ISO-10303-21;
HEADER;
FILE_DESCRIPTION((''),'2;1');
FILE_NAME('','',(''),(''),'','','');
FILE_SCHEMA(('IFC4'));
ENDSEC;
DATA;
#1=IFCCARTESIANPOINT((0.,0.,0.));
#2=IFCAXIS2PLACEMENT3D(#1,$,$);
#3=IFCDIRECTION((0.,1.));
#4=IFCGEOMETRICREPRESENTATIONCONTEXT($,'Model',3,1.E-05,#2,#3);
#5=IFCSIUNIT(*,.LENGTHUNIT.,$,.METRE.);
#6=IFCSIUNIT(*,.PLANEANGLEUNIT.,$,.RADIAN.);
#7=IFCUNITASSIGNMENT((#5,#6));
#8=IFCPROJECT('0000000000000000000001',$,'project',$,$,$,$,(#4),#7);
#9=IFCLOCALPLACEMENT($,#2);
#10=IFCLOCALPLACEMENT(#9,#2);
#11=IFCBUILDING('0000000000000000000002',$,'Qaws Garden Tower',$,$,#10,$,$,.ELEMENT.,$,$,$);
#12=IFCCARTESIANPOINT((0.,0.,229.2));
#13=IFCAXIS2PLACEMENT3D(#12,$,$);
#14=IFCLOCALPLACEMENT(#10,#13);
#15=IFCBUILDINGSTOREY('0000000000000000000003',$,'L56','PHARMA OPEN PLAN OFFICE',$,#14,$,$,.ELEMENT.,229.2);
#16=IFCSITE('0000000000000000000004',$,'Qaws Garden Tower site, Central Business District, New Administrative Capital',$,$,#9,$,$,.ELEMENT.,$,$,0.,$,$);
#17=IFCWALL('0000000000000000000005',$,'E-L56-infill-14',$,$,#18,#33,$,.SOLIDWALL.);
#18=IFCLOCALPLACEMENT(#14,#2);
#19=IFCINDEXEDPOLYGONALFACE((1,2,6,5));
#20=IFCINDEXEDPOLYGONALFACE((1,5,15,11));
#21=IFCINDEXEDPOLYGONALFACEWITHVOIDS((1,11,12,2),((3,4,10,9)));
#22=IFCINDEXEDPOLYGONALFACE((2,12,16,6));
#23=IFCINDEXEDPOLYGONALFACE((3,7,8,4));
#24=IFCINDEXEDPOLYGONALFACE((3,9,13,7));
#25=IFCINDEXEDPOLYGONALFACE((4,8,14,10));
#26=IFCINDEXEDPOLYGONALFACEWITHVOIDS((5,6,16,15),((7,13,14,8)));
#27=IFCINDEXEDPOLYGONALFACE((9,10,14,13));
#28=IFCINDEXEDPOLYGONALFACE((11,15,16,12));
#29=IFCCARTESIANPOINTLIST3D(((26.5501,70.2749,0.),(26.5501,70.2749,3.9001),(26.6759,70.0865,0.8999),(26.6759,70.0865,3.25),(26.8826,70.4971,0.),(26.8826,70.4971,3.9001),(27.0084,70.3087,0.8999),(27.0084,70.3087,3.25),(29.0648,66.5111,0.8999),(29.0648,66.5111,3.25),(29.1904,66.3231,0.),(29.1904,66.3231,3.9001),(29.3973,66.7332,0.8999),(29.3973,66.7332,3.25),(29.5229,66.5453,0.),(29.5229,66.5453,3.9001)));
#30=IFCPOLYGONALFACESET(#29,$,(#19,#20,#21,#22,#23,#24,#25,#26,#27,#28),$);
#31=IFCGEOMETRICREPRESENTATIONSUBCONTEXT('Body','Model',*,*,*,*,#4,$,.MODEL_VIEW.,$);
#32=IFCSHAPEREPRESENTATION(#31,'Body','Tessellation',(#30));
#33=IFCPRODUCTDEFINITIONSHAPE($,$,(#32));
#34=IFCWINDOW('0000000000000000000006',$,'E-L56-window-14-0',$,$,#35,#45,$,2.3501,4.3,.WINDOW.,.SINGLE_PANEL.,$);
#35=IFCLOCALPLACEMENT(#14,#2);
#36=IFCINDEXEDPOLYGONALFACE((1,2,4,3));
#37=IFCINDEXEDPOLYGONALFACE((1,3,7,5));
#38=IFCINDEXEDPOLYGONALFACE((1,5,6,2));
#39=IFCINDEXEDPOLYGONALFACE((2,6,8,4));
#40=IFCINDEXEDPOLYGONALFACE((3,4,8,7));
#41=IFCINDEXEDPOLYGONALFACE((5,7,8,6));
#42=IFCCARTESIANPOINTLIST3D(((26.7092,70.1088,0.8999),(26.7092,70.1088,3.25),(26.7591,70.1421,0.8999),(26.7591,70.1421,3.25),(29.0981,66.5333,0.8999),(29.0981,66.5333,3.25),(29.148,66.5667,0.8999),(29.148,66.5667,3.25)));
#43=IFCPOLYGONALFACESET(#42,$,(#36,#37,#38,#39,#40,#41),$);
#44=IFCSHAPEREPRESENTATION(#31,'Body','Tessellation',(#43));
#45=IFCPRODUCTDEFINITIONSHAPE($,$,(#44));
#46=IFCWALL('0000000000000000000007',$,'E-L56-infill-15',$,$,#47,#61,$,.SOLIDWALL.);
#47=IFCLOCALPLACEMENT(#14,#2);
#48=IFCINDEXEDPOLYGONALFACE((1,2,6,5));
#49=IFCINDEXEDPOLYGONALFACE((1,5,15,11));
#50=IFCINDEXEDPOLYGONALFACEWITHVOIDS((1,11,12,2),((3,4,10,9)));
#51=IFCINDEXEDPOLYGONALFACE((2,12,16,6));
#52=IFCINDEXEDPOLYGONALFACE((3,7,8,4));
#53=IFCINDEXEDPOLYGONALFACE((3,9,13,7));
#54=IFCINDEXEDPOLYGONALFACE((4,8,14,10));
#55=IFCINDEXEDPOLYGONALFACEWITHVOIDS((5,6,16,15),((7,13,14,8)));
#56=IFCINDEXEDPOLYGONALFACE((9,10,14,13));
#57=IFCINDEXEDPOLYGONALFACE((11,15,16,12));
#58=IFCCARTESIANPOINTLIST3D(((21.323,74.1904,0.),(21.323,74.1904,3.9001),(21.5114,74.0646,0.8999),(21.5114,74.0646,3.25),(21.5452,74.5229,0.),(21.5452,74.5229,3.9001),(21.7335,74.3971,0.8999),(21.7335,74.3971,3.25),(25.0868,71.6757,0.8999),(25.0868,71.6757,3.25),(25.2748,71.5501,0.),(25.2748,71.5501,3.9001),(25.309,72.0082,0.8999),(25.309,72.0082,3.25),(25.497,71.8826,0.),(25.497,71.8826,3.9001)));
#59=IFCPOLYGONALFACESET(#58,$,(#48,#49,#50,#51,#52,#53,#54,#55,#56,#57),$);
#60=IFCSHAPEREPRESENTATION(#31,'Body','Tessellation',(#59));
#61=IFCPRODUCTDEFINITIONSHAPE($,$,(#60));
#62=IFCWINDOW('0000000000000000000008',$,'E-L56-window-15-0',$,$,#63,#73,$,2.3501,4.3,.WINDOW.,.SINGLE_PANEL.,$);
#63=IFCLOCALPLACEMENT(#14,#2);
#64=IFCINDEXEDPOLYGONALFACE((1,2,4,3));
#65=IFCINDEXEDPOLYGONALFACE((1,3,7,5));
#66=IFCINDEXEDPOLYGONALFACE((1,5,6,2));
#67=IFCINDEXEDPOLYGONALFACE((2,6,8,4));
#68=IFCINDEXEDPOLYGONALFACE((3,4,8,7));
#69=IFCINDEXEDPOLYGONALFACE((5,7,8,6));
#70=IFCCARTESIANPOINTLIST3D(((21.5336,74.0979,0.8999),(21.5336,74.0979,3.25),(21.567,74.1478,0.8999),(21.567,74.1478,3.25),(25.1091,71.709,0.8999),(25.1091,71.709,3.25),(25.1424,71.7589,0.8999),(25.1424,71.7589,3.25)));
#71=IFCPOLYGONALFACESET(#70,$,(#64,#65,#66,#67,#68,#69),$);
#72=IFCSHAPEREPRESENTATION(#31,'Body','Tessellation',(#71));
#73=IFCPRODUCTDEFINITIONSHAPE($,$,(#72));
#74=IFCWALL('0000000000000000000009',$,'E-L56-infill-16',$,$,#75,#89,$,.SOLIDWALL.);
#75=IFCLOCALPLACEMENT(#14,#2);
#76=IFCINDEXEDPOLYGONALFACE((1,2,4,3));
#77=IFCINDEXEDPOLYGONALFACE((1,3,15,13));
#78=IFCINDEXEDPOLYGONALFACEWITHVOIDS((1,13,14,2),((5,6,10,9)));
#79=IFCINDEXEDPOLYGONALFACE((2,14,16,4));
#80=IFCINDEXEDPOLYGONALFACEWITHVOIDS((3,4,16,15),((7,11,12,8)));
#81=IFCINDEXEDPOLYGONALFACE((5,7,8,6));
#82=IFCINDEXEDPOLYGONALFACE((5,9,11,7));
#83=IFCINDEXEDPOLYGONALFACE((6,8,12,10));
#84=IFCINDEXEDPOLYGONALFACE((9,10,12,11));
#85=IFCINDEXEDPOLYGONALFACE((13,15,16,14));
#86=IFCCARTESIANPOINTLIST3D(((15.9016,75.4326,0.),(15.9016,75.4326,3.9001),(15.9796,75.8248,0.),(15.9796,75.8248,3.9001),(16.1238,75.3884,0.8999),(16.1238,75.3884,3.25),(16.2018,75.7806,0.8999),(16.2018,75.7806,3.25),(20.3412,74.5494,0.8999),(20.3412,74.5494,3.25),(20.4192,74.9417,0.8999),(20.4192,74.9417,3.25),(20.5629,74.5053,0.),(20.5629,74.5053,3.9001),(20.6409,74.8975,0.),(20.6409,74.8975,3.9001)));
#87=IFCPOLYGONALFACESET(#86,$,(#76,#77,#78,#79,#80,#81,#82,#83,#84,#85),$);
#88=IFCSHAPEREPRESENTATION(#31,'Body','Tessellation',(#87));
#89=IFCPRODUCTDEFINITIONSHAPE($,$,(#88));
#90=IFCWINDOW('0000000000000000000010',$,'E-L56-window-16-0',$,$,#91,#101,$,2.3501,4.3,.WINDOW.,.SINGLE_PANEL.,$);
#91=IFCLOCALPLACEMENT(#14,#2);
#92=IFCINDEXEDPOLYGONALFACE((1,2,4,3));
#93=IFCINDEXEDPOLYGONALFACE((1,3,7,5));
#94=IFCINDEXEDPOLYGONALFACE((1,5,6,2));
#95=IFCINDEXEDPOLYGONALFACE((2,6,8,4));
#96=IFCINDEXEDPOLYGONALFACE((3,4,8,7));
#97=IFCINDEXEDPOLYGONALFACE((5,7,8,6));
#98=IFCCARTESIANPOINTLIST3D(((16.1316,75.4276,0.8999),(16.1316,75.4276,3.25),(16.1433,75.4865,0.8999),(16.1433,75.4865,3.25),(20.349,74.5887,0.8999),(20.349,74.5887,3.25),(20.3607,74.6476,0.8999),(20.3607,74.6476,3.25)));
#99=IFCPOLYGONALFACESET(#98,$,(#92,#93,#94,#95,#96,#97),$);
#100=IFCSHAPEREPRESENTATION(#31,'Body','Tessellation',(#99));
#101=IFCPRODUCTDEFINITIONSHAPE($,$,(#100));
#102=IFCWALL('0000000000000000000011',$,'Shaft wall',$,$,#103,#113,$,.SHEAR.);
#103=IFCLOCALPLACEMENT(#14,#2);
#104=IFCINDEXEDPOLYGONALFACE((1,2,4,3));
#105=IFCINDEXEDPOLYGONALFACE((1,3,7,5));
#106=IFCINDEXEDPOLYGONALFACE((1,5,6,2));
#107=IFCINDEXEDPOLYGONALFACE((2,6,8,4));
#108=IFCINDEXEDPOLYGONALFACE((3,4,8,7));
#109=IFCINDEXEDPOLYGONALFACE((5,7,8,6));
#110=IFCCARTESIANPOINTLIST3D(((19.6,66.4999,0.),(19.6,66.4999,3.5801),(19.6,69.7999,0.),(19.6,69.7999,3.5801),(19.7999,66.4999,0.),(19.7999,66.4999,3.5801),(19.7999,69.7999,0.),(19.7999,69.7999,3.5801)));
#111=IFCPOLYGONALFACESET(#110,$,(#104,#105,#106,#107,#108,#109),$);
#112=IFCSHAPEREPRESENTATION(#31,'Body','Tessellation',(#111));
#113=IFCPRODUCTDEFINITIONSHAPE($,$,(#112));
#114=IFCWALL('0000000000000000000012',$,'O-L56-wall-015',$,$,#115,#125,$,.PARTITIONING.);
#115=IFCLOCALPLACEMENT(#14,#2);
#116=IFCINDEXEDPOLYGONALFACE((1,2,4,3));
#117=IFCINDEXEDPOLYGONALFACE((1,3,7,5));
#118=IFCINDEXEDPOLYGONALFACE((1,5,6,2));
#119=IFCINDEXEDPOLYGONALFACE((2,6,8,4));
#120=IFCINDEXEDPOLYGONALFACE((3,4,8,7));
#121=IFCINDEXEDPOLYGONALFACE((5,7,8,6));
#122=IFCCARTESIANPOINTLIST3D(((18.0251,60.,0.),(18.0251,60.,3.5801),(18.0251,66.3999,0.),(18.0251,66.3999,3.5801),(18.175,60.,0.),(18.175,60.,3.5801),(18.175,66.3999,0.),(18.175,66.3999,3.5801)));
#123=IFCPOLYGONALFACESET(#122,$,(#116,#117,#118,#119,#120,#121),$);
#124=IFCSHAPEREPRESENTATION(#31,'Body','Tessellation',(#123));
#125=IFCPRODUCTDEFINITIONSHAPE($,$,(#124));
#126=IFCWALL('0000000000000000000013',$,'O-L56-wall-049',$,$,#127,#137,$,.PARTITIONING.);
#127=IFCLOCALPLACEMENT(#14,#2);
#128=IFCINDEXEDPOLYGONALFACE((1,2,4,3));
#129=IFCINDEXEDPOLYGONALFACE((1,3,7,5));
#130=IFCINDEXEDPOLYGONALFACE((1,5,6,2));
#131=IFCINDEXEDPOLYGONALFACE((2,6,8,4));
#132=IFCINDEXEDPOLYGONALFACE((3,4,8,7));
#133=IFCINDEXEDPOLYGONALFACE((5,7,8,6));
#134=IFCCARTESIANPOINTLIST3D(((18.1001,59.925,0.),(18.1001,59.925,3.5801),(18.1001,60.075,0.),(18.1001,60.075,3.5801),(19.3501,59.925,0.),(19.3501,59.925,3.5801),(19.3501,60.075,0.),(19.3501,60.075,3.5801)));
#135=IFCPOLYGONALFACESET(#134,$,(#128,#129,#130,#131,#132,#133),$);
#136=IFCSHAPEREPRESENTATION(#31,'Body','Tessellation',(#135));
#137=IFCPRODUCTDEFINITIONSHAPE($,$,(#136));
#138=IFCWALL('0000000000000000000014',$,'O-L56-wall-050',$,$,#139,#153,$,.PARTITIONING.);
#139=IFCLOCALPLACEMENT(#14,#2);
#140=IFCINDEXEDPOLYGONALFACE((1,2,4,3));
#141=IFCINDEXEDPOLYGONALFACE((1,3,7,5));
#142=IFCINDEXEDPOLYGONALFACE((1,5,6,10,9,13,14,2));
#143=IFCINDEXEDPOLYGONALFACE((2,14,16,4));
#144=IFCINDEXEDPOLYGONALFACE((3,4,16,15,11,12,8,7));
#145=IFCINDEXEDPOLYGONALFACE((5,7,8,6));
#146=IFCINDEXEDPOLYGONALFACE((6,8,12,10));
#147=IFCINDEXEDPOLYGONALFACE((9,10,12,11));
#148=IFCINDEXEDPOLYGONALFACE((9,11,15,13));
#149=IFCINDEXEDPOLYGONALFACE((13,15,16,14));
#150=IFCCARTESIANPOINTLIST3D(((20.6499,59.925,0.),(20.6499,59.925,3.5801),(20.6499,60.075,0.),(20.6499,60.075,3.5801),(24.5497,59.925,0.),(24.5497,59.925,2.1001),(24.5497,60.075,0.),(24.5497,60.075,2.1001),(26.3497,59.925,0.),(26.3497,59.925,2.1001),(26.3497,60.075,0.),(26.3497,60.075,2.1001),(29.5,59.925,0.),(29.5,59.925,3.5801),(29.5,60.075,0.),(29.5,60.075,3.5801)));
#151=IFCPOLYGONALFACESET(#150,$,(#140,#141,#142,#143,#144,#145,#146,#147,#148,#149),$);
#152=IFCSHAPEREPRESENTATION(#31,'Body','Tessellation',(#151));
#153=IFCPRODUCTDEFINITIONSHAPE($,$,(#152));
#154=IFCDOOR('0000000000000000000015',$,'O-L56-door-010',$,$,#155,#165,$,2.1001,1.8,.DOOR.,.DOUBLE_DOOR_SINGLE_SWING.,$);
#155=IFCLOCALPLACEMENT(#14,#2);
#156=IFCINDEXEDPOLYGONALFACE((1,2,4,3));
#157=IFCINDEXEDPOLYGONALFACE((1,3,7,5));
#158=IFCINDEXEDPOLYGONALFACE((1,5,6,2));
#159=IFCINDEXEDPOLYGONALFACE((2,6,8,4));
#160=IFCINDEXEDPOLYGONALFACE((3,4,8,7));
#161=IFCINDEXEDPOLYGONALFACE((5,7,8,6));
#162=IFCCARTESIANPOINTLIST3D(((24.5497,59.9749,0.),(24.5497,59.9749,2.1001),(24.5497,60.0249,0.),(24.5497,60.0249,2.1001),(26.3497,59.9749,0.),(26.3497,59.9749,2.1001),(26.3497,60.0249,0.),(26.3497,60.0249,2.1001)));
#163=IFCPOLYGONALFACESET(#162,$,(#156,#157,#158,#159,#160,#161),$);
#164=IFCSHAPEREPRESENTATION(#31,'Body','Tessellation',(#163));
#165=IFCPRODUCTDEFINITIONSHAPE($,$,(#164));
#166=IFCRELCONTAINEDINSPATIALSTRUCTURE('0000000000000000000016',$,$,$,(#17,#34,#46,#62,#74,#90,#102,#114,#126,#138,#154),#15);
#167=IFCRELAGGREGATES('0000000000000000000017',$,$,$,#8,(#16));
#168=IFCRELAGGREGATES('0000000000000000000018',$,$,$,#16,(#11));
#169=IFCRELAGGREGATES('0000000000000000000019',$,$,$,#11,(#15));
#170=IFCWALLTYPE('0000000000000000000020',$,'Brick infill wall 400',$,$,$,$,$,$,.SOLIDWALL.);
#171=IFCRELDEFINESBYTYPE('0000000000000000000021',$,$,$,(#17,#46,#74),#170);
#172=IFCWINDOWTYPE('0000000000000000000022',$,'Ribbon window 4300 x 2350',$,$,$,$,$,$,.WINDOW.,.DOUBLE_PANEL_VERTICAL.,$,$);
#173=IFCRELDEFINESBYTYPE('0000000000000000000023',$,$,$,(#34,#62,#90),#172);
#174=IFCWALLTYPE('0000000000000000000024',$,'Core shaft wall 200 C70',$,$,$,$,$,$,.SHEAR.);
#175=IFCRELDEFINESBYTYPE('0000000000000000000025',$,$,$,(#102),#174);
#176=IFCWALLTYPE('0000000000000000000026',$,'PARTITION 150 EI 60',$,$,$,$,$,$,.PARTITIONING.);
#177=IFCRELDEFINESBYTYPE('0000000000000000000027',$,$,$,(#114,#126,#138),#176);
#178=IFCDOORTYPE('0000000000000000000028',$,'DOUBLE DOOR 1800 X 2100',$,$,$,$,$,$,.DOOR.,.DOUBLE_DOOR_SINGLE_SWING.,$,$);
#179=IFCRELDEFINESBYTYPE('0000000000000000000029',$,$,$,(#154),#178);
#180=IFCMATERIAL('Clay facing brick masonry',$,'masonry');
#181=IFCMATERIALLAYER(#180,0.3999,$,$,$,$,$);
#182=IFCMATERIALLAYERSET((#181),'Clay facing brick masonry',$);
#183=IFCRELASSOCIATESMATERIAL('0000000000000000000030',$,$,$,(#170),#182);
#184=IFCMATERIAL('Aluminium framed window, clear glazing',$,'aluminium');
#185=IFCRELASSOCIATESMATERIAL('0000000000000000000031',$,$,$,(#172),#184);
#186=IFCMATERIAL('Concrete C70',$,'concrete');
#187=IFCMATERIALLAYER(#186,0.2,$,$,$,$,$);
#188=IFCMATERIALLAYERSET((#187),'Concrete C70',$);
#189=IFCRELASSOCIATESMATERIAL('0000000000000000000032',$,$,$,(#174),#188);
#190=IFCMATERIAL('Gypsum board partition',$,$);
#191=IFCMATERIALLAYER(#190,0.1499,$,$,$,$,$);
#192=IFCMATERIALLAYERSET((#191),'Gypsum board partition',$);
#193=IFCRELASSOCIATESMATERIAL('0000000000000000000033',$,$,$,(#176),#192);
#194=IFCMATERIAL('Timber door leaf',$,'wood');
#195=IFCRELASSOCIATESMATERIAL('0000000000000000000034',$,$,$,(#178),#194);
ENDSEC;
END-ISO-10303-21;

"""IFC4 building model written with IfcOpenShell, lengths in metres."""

from ifc_helpers import new_model, si_unit, direction, frame, frame_2d, origin, place, context, subcontext, project, spatial, rectangle, extrude, material, layer, layer_set, type_object, element, fill, save


model = new_model("IFC4")

# Units and contexts
model_context = context("Model", 3, precision=1e-05, world=origin(), true_north=direction((0.0, 1.0)))
body_context = subcontext(model_context, "Body", "Model", "MODEL_VIEW")
ifc_project = project(units=[si_unit("LENGTHUNIT", "METRE"), si_unit("PLANEANGLEUNIT", "RADIAN")], contexts=[model_context])

# Site, building, storey
site_placement = place(None, origin())
site = spatial("IfcSite", under=ifc_project, at=site_placement, Name="Qaws Garden Tower site, Central Business District, New Administrative Capital", CompositionType="ELEMENT", RefElevation=0.0)
building_placement = place(site_placement, origin())
building = spatial("IfcBuilding", under=site, at=building_placement, Name="Qaws Garden Tower", CompositionType="ELEMENT")
storey_placement = place(building_placement, frame((0.0, 0.0, 229.2)))
storey = spatial("IfcBuildingStorey", under=building, at=storey_placement, Name="L56", Description="PHARMA OPEN PLAN OFFICE", CompositionType="ELEMENT", Elevation=229.2)

# Walls, openings, windows
ifc_material_1 = material(Name="Clay facing brick masonry", Category="masonry")
ifc_layer_1 = layer(ifc_material_1, 0.3999)
ifc_layer_set_1 = layer_set([ifc_layer_1], Name="Clay facing brick masonry")
wall_type_1 = type_object("IfcWallType", Name="Brick infill wall 400", PredefinedType="SOLIDWALL", material=ifc_layer_set_1)
ifc_material_2 = material(Name="Aluminium framed window, clear glazing", Category="aluminium")
window_type = type_object("IfcWindowType", Name="Ribbon window 4300 x 2350", PartitioningType="DOUBLE_PANEL_VERTICAL", PredefinedType="WINDOW", material=ifc_material_2)
wall_1_placement = place(storey_placement, frame((29.3567, 66.4341, 0.0), z_axis=(0.0, 0.0, 1.0), x_axis=(-0.555542, 0.831489, 0.0)))
wall_1 = element("IfcWall", 1, at=wall_1_placement, inside=storey, type_object=wall_type_1, Name="E-L56-infill-14", PredefinedType="SOLIDWALL", context=body_context, shape_type="SweptSolid", body=[
    extrude(rectangle(XDim=4.7527, YDim=0.3999, at=frame_2d((2.3765, 0.0))), origin(), (0.0, 0.0, 1.0), 3.9001),
])
opening_1_placement = place(wall_1_placement, frame((0.2263, 0.0, 0.8999)))
opening_1 = element("IfcOpeningElement", 2, at=opening_1_placement, cuts=wall_1, PredefinedType="OPENING", context=body_context, shape_type="SweptSolid", body=[
    extrude(rectangle(XDim=4.3, YDim=2.3501, at=frame_2d((2.1499, 1.175))), frame((0.0, 0.21, 0.0), z_axis=(0.0, -1.0, 0.0), x_axis=(1.0, 0.0, 0.0)), (0.0, 0.0, 1.0), 0.4199),
])
window_1_placement = place(opening_1_placement, origin())
window_1 = element("IfcWindow", 3, at=window_1_placement, inside=storey, type_object=window_type, Name="E-L56-window-14-0", OverallHeight=2.3501, OverallWidth=4.3, PartitioningType="SINGLE_PANEL", PredefinedType="WINDOW", context=body_context, shape_type="SweptSolid", body=[
    extrude(rectangle(XDim=4.3, YDim=2.3501, at=frame_2d((2.1499, 1.175))), frame((0.0, 0.1599, 0.0), z_axis=(0.0, -1.0, 0.0), x_axis=(1.0, 0.0, 0.0)), (0.0, 0.0, 1.0), 0.0601),
])
fill(opening_1, window_1)
wall_2_placement = place(storey_placement, frame((25.386, 71.7163, 0.0), z_axis=(0.0, 0.0, 1.0), x_axis=(-0.831489, 0.555542, 0.0)))
wall_2 = element("IfcWall", 4, at=wall_2_placement, inside=storey, type_object=wall_type_1, Name="E-L56-infill-15", PredefinedType="SOLIDWALL", context=body_context, shape_type="SweptSolid", body=[
    extrude(rectangle(XDim=4.7527, YDim=0.3999, at=frame_2d((2.3765, 0.0))), origin(), (0.0, 0.0, 1.0), 3.9001),
])
opening_2_placement = place(wall_2_placement, frame((0.2263, 0.0, 0.8999)))
opening_2 = element("IfcOpeningElement", 5, at=opening_2_placement, cuts=wall_2, PredefinedType="OPENING", context=body_context, shape_type="SweptSolid", body=[
    extrude(rectangle(XDim=4.3, YDim=2.3501, at=frame_2d((2.1499, 1.175))), frame((0.0, 0.21, 0.0), z_axis=(0.0, -1.0, 0.0), x_axis=(1.0, 0.0, 0.0)), (0.0, 0.0, 1.0), 0.4199),
])
window_2_placement = place(opening_2_placement, origin())
window_2 = element("IfcWindow", 6, at=window_2_placement, inside=storey, type_object=window_type, Name="E-L56-window-15-0", OverallHeight=2.3501, OverallWidth=4.3, PartitioningType="SINGLE_PANEL", PredefinedType="WINDOW", context=body_context, shape_type="SweptSolid", body=[
    extrude(rectangle(XDim=4.3, YDim=2.3501, at=frame_2d((2.1499, 1.175))), frame((0.0, 0.1599, 0.0), z_axis=(0.0, -1.0, 0.0), x_axis=(1.0, 0.0, 0.0)), (0.0, 0.0, 1.0), 0.0601),
])
fill(opening_2, window_2)
wall_3_placement = place(storey_placement, frame((20.6021, 74.7014, 0.0), z_axis=(0.0, 0.0, 1.0), x_axis=(-0.980784, 0.195099, 0.0)))
wall_3 = element("IfcWall", 7, at=wall_3_placement, inside=storey, type_object=wall_type_1, Name="E-L56-infill-16", PredefinedType="SOLIDWALL", context=body_context, shape_type="SweptSolid", body=[
    extrude(rectangle(XDim=4.7527, YDim=0.3999, at=frame_2d((2.3765, 0.0))), origin(), (0.0, 0.0, 1.0), 3.9001),
])
opening_3_placement = place(wall_3_placement, frame((0.2263, 0.0, 0.8999)))
opening_3 = element("IfcOpeningElement", 8, at=opening_3_placement, cuts=wall_3, PredefinedType="OPENING", context=body_context, shape_type="SweptSolid", body=[
    extrude(rectangle(XDim=4.3, YDim=2.3501, at=frame_2d((2.1499, 1.175))), frame((0.0, 0.21, 0.0), z_axis=(0.0, -1.0, 0.0), x_axis=(1.0, 0.0, 0.0)), (0.0, 0.0, 1.0), 0.4199),
])
window_3_placement = place(opening_3_placement, origin())
window_3 = element("IfcWindow", 9, at=window_3_placement, inside=storey, type_object=window_type, Name="E-L56-window-16-0", OverallHeight=2.3501, OverallWidth=4.3, PartitioningType="SINGLE_PANEL", PredefinedType="WINDOW", context=body_context, shape_type="SweptSolid", body=[
    extrude(rectangle(XDim=4.3, YDim=2.3501, at=frame_2d((2.1499, 1.175))), frame((0.0, 0.1599, 0.0), z_axis=(0.0, -1.0, 0.0), x_axis=(1.0, 0.0, 0.0)), (0.0, 0.0, 1.0), 0.0601),
])
fill(opening_3, window_3)

# Walls
ifc_material_3 = material(Name="Concrete C70", Category="concrete")
ifc_layer_2 = layer(ifc_material_3, 0.2)
ifc_layer_set_2 = layer_set([ifc_layer_2], Name="Concrete C70")
wall_type_2 = type_object("IfcWallType", Name="Core shaft wall 200 C70", PredefinedType="SHEAR", material=ifc_layer_set_2)
wall_4_placement = place(storey_placement, frame((19.7, 66.5, 0.0), z_axis=(0.0, 0.0, 1.0), x_axis=(0.0, 1.0, 0.0)))
element("IfcWall", 10, at=wall_4_placement, inside=storey, type_object=wall_type_2, Name="Shaft wall", PredefinedType="SHEAR", context=body_context, shape_type="SweptSolid", body=[
    extrude(rectangle(XDim=3.3, YDim=0.2, at=frame_2d((1.6499, 0.0))), origin(), (0.0, 0.0, 1.0), 3.5801),
])
ifc_material_4 = material(Name="Gypsum board partition")
ifc_layer_3 = layer(ifc_material_4, 0.1499)
ifc_layer_set_3 = layer_set([ifc_layer_3], Name="Gypsum board partition")
wall_type_3 = type_object("IfcWallType", Name="PARTITION 150 EI 60", PredefinedType="PARTITIONING", material=ifc_layer_set_3)
wall_5_placement = place(storey_placement, frame((18.1001, 60.0, 0.0), z_axis=(0.0, 0.0, 1.0), x_axis=(0.0, 1.0, 0.0)))
element("IfcWall", 11, at=wall_5_placement, inside=storey, type_object=wall_type_3, Name="O-L56-wall-015", PredefinedType="PARTITIONING", context=body_context, shape_type="SweptSolid", body=[
    extrude(rectangle(XDim=6.3999, YDim=0.1499, at=frame_2d((3.2, 0.0))), origin(), (0.0, 0.0, 1.0), 3.5801),
])
wall_6_placement = place(storey_placement, frame((18.1001, 60.0, 0.0), z_axis=(0.0, 0.0, 1.0), x_axis=(1.0, 0.0, 0.0)))
element("IfcWall", 12, at=wall_6_placement, inside=storey, type_object=wall_type_3, Name="O-L56-wall-049", PredefinedType="PARTITIONING", context=body_context, shape_type="SweptSolid", body=[
    extrude(rectangle(XDim=1.25, YDim=0.1499, at=frame_2d((0.625, 0.0))), origin(), (0.0, 0.0, 1.0), 3.5801),
])

# Wall, opening, door
wall_7_placement = place(storey_placement, frame((20.6499, 60.0, 0.0), z_axis=(0.0, 0.0, 1.0), x_axis=(1.0, 0.0, 0.0)))
wall_7 = element("IfcWall", 13, at=wall_7_placement, inside=storey, type_object=wall_type_3, Name="O-L56-wall-050", PredefinedType="PARTITIONING", context=body_context, shape_type="SweptSolid", body=[
    extrude(rectangle(XDim=8.8501, YDim=0.1499, at=frame_2d((4.425, 0.0))), origin(), (0.0, 0.0, 1.0), 3.5801),
])
opening_4_placement = place(wall_7_placement, frame((3.8999, 0.0, 0.0)))
opening_4 = element("IfcOpeningElement", 14, at=opening_4_placement, cuts=wall_7, PredefinedType="OPENING", context=body_context, shape_type="SweptSolid", body=[
    extrude(rectangle(XDim=1.8, YDim=2.1001, at=frame_2d((0.8999, 1.05))), frame((0.0, 0.085, 0.0), z_axis=(0.0, -1.0, 0.0), x_axis=(1.0, 0.0, 0.0)), (0.0, 0.0, 1.0), 0.1699),
])
ifc_material_5 = material(Name="Timber door leaf", Category="wood")
door_type = type_object("IfcDoorType", Name="DOUBLE DOOR 1800 X 2100", OperationType="DOUBLE_DOOR_SINGLE_SWING", PredefinedType="DOOR", material=ifc_material_5)
door_placement = place(opening_4_placement, origin())
door = element("IfcDoor", 15, at=door_placement, inside=storey, type_object=door_type, Name="O-L56-door-010", OperationType="DOUBLE_DOOR_SINGLE_SWING", OverallHeight=2.1001, OverallWidth=1.8, PredefinedType="DOOR", context=body_context, shape_type="SweptSolid", body=[
    extrude(rectangle(XDim=1.8, YDim=2.1001, at=frame_2d((0.8999, 1.05))), frame((0.0, 0.0249, 0.0), z_axis=(0.0, -1.0, 0.0), x_axis=(1.0, 0.0, 0.0)), (0.0, 0.0, 1.0), 0.05),
])
fill(opening_4, door)

save(model, "model.ifc")
